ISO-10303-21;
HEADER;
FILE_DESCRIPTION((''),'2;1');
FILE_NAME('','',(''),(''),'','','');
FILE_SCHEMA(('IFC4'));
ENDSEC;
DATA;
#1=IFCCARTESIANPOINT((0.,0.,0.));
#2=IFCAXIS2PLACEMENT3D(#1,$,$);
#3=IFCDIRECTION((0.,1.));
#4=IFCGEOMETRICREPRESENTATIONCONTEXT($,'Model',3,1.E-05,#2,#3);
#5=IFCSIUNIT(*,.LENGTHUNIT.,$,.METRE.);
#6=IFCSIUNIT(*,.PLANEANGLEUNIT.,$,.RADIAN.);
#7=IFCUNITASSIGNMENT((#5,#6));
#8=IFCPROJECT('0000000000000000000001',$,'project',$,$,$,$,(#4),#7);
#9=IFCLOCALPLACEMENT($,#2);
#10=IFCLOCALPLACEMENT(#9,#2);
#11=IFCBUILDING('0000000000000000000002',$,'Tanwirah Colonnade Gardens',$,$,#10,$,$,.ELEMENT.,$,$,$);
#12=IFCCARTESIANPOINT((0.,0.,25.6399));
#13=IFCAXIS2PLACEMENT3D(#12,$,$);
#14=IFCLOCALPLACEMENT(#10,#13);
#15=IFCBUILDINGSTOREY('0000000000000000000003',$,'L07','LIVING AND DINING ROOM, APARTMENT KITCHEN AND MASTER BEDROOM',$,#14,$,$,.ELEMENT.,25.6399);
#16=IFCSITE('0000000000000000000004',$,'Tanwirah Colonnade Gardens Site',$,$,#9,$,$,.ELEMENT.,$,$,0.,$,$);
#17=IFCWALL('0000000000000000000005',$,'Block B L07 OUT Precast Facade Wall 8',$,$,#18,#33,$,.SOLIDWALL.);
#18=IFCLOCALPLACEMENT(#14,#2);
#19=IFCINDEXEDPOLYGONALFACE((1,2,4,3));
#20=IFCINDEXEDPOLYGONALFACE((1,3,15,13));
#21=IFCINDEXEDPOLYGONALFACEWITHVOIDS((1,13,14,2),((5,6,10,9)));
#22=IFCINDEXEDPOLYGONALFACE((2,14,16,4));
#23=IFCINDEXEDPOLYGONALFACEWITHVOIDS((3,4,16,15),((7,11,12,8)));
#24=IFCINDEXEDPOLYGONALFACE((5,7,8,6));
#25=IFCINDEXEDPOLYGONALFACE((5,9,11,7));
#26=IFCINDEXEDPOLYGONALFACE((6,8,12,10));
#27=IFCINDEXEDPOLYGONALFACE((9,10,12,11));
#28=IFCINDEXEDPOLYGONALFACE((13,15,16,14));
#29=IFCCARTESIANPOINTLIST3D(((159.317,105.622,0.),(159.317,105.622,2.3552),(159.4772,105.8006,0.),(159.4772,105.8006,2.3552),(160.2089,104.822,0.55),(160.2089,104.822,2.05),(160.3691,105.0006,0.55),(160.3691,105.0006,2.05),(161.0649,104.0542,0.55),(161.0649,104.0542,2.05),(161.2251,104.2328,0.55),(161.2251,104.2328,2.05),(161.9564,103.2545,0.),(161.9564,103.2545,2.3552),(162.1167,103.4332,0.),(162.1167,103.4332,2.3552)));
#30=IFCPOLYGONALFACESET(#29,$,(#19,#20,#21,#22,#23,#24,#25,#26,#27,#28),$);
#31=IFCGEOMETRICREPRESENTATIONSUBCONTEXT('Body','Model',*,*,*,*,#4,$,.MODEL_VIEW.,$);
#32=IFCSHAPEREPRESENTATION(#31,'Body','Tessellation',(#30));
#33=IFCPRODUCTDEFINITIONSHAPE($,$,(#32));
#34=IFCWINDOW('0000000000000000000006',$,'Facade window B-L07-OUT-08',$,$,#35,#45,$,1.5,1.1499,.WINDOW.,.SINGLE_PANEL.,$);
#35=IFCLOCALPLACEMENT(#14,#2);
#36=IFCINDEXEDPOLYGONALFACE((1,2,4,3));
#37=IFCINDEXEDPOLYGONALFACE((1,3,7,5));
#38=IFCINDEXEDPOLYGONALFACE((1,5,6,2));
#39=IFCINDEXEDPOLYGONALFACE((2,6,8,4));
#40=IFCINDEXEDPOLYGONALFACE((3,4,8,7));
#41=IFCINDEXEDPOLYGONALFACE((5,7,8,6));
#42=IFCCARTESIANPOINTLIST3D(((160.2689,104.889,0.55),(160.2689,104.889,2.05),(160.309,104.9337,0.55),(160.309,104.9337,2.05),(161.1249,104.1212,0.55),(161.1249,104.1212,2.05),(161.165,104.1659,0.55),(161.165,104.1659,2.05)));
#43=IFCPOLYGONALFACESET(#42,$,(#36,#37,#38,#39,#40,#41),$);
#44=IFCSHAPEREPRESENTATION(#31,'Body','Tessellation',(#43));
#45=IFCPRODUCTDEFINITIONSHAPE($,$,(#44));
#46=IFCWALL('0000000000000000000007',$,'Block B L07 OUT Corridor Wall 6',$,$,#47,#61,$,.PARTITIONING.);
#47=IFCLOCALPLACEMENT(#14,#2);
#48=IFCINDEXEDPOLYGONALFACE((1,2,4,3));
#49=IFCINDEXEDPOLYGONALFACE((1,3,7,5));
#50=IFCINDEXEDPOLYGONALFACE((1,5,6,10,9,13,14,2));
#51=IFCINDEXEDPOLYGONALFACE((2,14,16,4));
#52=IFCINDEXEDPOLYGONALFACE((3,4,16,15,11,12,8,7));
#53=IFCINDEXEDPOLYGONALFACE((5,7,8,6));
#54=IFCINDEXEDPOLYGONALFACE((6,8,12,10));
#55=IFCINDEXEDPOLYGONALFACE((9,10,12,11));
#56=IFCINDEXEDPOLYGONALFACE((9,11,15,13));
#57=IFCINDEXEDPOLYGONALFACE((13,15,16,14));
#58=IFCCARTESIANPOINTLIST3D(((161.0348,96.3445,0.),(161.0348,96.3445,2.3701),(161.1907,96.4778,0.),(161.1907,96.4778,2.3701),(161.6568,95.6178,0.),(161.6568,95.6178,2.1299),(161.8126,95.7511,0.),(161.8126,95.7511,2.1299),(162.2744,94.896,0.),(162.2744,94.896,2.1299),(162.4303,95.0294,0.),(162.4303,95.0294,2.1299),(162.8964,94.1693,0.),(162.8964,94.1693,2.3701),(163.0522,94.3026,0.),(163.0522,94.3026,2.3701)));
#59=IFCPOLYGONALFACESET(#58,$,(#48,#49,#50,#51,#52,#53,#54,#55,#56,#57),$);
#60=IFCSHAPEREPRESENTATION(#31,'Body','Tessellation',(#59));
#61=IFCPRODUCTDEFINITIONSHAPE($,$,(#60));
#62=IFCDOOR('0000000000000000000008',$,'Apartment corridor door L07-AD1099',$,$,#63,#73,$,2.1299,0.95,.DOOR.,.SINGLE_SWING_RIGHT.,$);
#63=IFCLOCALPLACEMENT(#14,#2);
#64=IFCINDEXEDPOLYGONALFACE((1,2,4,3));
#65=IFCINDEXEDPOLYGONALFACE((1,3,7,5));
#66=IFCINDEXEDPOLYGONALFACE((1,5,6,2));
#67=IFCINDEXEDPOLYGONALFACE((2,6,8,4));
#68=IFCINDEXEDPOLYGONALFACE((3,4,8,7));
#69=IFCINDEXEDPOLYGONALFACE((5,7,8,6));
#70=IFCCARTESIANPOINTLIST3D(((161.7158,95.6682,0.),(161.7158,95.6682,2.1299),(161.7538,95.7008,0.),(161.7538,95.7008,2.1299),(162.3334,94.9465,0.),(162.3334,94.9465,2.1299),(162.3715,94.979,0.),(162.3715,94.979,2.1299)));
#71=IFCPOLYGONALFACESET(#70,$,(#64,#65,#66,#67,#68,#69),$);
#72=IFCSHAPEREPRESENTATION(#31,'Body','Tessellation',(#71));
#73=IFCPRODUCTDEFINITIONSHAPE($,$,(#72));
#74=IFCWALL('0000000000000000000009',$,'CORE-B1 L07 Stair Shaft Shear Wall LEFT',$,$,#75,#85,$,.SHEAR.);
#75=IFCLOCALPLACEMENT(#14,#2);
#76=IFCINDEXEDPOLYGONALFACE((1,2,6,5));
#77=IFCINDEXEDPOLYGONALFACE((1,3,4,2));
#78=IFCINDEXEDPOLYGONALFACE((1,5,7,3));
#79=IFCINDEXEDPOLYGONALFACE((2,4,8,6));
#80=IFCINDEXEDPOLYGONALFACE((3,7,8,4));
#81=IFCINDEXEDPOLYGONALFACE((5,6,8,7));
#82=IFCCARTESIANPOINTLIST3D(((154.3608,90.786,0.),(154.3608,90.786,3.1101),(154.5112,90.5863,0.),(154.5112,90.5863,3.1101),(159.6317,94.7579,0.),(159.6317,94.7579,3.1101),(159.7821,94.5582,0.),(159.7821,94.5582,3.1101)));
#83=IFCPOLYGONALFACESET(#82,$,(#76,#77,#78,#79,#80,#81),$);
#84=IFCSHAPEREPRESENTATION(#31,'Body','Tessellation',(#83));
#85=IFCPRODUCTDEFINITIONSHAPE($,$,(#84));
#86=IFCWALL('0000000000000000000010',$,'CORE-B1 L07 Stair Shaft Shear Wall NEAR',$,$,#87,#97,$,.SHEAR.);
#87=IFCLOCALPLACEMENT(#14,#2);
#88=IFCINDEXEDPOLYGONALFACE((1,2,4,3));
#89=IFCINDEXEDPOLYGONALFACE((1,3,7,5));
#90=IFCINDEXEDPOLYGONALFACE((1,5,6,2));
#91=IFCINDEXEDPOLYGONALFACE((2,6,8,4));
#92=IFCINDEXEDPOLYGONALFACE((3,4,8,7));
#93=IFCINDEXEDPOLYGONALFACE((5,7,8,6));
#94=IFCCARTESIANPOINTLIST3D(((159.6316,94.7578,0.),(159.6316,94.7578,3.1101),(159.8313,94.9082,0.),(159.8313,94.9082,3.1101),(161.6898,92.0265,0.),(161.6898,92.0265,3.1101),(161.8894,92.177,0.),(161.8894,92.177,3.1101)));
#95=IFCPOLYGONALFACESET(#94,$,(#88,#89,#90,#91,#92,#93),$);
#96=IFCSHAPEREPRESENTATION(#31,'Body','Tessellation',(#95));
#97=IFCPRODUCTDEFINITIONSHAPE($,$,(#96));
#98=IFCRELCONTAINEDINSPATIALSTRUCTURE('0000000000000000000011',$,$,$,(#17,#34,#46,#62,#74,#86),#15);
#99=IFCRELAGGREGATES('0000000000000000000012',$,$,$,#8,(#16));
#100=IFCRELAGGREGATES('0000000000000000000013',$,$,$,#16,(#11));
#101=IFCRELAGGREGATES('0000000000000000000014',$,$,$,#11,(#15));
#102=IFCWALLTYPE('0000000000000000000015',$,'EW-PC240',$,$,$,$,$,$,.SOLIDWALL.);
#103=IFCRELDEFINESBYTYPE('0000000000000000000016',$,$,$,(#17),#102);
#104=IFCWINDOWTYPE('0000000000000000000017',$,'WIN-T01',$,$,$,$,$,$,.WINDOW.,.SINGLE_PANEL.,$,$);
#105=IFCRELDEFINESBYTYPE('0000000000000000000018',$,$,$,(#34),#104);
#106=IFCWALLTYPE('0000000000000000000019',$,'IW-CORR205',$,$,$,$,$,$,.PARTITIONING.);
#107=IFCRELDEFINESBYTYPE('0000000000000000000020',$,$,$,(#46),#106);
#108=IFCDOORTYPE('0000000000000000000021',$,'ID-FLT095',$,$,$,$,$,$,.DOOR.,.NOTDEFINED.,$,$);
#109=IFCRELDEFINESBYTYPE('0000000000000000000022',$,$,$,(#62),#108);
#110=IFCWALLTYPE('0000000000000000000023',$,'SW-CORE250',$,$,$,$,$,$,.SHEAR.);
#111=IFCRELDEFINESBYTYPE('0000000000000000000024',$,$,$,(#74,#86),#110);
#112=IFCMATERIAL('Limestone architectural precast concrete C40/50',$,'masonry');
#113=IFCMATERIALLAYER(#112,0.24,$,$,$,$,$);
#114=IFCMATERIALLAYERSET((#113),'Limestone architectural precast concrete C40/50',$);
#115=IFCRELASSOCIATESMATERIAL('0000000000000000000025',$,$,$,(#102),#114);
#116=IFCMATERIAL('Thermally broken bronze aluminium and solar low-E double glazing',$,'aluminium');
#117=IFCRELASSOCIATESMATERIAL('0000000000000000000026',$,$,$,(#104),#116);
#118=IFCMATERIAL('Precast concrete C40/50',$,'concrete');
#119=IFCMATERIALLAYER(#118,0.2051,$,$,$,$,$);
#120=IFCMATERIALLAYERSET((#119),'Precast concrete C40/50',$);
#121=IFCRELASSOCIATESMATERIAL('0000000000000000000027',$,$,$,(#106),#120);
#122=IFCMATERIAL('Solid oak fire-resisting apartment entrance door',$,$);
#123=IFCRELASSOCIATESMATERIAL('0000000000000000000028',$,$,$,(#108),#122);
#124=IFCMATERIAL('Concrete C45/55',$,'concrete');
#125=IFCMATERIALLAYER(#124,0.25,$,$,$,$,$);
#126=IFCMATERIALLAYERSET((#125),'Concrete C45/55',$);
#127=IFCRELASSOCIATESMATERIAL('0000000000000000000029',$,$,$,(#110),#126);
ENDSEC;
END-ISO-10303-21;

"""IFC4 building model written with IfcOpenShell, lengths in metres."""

from ifc_helpers import new_model, si_unit, direction, frame, frame_2d, origin, place, context, subcontext, project, spatial, rectangle, extrude, material, layer, layer_set, type_object, element, fill, save


model = new_model("IFC4")

# Units and contexts
model_context = context("Model", 3, precision=1e-05, world=origin(), true_north=direction((0.0, 1.0)))
body_context = subcontext(model_context, "Body", "Model", "MODEL_VIEW")
ifc_project = project(units=[si_unit("LENGTHUNIT", "METRE"), si_unit("PLANEANGLEUNIT", "RADIAN")], contexts=[model_context])

# Site, building, storey
site_placement = place(None, origin())
site = spatial("IfcSite", under=ifc_project, at=site_placement, Name="Tanwirah Colonnade Gardens Site", CompositionType="ELEMENT", RefElevation=0.0)
building_placement = place(site_placement, origin())
building = spatial("IfcBuilding", under=site, at=building_placement, Name="Tanwirah Colonnade Gardens", CompositionType="ELEMENT")
storey_placement = place(building_placement, frame((0.0, 0.0, 25.6399)))
storey = spatial("IfcBuildingStorey", under=building, at=storey_placement, Name="L07", Description="LIVING AND DINING ROOM, APARTMENT KITCHEN AND MASTER BEDROOM", CompositionType="ELEMENT", Elevation=25.6399)

# Shared definitions
ifc_material_1 = material(Name="Precast concrete C40/50", Category="concrete")

# Wall, opening, window
ifc_material_2 = material(Name="Limestone architectural precast concrete C40/50", Category="masonry")
ifc_layer_1 = layer(ifc_material_2, 0.24)
ifc_layer_set_1 = layer_set([ifc_layer_1], Name="Limestone architectural precast concrete C40/50")
wall_type_1 = type_object("IfcWallType", Name="EW-PC240", PredefinedType="SOLIDWALL", material=ifc_layer_set_1)
wall_1_placement = place(storey_placement, frame((162.0366, 103.3438, 0.0), z_axis=(0.0, 0.0, 1.0), x_axis=(-0.74442, 0.667712, 0.0)))
wall_1 = element("IfcWall", 1, at=wall_1_placement, inside=storey, type_object=wall_type_1, Name="Block B L07 OUT Precast Facade Wall 8", PredefinedType="SOLIDWALL", context=body_context, shape_type="SweptSolid", body=[
    extrude(rectangle(XDim=3.5457, YDim=0.24, at=frame_2d((1.7729, 0.0))), origin(), (0.0, 0.0, 1.0), 2.3552),
])
opening_1_placement = place(wall_1_placement, frame((1.1978, 0.0, 0.55)))
opening_1 = element("IfcOpeningElement", 2, at=opening_1_placement, cuts=wall_1, PredefinedType="OPENING", context=body_context, shape_type="SweptSolid", body=[
    extrude(rectangle(XDim=1.1499, YDim=1.5, at=frame_2d((0.575, 0.75))), frame((0.0, 0.1299, 0.0), z_axis=(0.0, -1.0, 0.0), x_axis=(1.0, 0.0, 0.0)), (0.0, 0.0, 1.0), 0.26),
])
ifc_material_3 = material(Name="Thermally broken bronze aluminium and solar low-E double glazing", Category="aluminium")
window_type = type_object("IfcWindowType", Name="WIN-T01", PartitioningType="SINGLE_PANEL", PredefinedType="WINDOW", material=ifc_material_3)
window_placement = place(opening_1_placement, origin())
window = element("IfcWindow", 3, at=window_placement, inside=storey, type_object=window_type, Name="Facade window B-L07-OUT-08", OverallHeight=1.5, OverallWidth=1.1499, PartitioningType="SINGLE_PANEL", PredefinedType="WINDOW", context=body_context, shape_type="SweptSolid", body=[
    extrude(rectangle(XDim=1.1499, YDim=1.5, at=frame_2d((0.575, 0.75))), frame((0.0, 0.03, 0.0), z_axis=(0.0, -1.0, 0.0), x_axis=(1.0, 0.0, 0.0)), (0.0, 0.0, 1.0), 0.0601),
])
fill(opening_1, window)

# Wall, opening, door
ifc_layer_2 = layer(ifc_material_1, 0.2051)
ifc_layer_set_2 = layer_set([ifc_layer_2], Name="Precast concrete C40/50")
wall_type_2 = type_object("IfcWallType", Name="IW-CORR205", PredefinedType="PARTITIONING", material=ifc_layer_set_2)
wall_2_placement = place(storey_placement, frame((162.9744, 94.2358, 0.0), z_axis=(0.0, 0.0, 1.0), x_axis=(-0.650194, 0.759768, 0.0)))
wall_2 = element("IfcWall", 4, at=wall_2_placement, inside=storey, type_object=wall_type_2, Name="Block B L07 OUT Corridor Wall 6", PredefinedType="PARTITIONING", context=body_context, shape_type="SweptSolid", body=[
    extrude(rectangle(XDim=2.863, YDim=0.2051, at=frame_2d((1.4316, 0.0))), origin(), (0.0, 0.0, 1.0), 2.3701),
])
opening_2_placement = place(wall_2_placement, frame((0.9565, 0.0, 0.0)))
opening_2 = element("IfcOpeningElement", 5, at=opening_2_placement, cuts=wall_2, PredefinedType="OPENING", context=body_context, shape_type="SweptSolid", body=[
    extrude(rectangle(XDim=0.95, YDim=2.1299, at=frame_2d((0.4751, 1.0649))), frame((0.0, 0.1125, 0.0), z_axis=(0.0, -1.0, 0.0), x_axis=(1.0, 0.0, 0.0)), (0.0, 0.0, 1.0), 0.2251),
])
ifc_material_4 = material(Name="Solid oak fire-resisting apartment entrance door")
door_type_1 = type_object("IfcDoorType", Name="ID-FLT095", OperationType="NOTDEFINED", PredefinedType="DOOR", material=ifc_material_4)
door_1_placement = place(opening_2_placement, origin())
door_1 = element("IfcDoor", 6, at=door_1_placement, inside=storey, type_object=door_type_1, Name="Apartment corridor door L07-AD1099", OperationType="SINGLE_SWING_RIGHT", OverallHeight=2.1299, OverallWidth=0.95, PredefinedType="DOOR", context=body_context, shape_type="SweptSolid", body=[
    extrude(rectangle(XDim=0.95, YDim=2.1299, at=frame_2d((0.4751, 1.0649))), frame((0.0, 0.0249, 0.0), z_axis=(0.0, -1.0, 0.0), x_axis=(1.0, 0.0, 0.0)), (0.0, 0.0, 1.0), 0.05),
])
fill(opening_2, door_1)

# Walls
ifc_material_5 = material(Name="Concrete C45/55", Category="concrete")
ifc_layer_3 = layer(ifc_material_5, 0.25)
ifc_layer_set_3 = layer_set([ifc_layer_3], Name="Concrete C45/55")
wall_type_3 = type_object("IfcWallType", Name="SW-CORE250", PredefinedType="SHEAR", material=ifc_layer_set_3)
wall_3_placement = place(storey_placement, frame((159.7068, 94.658, 0.0), z_axis=(0.0, 0.0, 1.0), x_axis=(-0.79864, -0.60181, 0.0)))
element("IfcWall", 7, at=wall_3_placement, inside=storey, type_object=wall_type_3, Name="CORE-B1 L07 Stair Shaft Shear Wall LEFT", PredefinedType="SHEAR", context=body_context, shape_type="SweptSolid", body=[
    extrude(rectangle(XDim=6.5999, YDim=0.25, at=frame_2d((3.2998, 0.0))), origin(), (0.0, 0.0, 1.0), 3.1101),
])
wall_4_placement = place(storey_placement, frame((159.7314, 94.833, 0.0), z_axis=(0.0, 0.0, 1.0), x_axis=(0.601815, -0.798636, 0.0)))
element("IfcWall", 8, at=wall_4_placement, inside=storey, type_object=wall_type_3, Name="CORE-B1 L07 Stair Shaft Shear Wall NEAR", PredefinedType="SHEAR", context=body_context, shape_type="SweptSolid", body=[
    extrude(rectangle(XDim=3.4199, YDim=0.25, at=frame_2d((1.71, 0.0))), origin(), (0.0, 0.0, 1.0), 3.1101),
])

save(model, "model.ifc")
